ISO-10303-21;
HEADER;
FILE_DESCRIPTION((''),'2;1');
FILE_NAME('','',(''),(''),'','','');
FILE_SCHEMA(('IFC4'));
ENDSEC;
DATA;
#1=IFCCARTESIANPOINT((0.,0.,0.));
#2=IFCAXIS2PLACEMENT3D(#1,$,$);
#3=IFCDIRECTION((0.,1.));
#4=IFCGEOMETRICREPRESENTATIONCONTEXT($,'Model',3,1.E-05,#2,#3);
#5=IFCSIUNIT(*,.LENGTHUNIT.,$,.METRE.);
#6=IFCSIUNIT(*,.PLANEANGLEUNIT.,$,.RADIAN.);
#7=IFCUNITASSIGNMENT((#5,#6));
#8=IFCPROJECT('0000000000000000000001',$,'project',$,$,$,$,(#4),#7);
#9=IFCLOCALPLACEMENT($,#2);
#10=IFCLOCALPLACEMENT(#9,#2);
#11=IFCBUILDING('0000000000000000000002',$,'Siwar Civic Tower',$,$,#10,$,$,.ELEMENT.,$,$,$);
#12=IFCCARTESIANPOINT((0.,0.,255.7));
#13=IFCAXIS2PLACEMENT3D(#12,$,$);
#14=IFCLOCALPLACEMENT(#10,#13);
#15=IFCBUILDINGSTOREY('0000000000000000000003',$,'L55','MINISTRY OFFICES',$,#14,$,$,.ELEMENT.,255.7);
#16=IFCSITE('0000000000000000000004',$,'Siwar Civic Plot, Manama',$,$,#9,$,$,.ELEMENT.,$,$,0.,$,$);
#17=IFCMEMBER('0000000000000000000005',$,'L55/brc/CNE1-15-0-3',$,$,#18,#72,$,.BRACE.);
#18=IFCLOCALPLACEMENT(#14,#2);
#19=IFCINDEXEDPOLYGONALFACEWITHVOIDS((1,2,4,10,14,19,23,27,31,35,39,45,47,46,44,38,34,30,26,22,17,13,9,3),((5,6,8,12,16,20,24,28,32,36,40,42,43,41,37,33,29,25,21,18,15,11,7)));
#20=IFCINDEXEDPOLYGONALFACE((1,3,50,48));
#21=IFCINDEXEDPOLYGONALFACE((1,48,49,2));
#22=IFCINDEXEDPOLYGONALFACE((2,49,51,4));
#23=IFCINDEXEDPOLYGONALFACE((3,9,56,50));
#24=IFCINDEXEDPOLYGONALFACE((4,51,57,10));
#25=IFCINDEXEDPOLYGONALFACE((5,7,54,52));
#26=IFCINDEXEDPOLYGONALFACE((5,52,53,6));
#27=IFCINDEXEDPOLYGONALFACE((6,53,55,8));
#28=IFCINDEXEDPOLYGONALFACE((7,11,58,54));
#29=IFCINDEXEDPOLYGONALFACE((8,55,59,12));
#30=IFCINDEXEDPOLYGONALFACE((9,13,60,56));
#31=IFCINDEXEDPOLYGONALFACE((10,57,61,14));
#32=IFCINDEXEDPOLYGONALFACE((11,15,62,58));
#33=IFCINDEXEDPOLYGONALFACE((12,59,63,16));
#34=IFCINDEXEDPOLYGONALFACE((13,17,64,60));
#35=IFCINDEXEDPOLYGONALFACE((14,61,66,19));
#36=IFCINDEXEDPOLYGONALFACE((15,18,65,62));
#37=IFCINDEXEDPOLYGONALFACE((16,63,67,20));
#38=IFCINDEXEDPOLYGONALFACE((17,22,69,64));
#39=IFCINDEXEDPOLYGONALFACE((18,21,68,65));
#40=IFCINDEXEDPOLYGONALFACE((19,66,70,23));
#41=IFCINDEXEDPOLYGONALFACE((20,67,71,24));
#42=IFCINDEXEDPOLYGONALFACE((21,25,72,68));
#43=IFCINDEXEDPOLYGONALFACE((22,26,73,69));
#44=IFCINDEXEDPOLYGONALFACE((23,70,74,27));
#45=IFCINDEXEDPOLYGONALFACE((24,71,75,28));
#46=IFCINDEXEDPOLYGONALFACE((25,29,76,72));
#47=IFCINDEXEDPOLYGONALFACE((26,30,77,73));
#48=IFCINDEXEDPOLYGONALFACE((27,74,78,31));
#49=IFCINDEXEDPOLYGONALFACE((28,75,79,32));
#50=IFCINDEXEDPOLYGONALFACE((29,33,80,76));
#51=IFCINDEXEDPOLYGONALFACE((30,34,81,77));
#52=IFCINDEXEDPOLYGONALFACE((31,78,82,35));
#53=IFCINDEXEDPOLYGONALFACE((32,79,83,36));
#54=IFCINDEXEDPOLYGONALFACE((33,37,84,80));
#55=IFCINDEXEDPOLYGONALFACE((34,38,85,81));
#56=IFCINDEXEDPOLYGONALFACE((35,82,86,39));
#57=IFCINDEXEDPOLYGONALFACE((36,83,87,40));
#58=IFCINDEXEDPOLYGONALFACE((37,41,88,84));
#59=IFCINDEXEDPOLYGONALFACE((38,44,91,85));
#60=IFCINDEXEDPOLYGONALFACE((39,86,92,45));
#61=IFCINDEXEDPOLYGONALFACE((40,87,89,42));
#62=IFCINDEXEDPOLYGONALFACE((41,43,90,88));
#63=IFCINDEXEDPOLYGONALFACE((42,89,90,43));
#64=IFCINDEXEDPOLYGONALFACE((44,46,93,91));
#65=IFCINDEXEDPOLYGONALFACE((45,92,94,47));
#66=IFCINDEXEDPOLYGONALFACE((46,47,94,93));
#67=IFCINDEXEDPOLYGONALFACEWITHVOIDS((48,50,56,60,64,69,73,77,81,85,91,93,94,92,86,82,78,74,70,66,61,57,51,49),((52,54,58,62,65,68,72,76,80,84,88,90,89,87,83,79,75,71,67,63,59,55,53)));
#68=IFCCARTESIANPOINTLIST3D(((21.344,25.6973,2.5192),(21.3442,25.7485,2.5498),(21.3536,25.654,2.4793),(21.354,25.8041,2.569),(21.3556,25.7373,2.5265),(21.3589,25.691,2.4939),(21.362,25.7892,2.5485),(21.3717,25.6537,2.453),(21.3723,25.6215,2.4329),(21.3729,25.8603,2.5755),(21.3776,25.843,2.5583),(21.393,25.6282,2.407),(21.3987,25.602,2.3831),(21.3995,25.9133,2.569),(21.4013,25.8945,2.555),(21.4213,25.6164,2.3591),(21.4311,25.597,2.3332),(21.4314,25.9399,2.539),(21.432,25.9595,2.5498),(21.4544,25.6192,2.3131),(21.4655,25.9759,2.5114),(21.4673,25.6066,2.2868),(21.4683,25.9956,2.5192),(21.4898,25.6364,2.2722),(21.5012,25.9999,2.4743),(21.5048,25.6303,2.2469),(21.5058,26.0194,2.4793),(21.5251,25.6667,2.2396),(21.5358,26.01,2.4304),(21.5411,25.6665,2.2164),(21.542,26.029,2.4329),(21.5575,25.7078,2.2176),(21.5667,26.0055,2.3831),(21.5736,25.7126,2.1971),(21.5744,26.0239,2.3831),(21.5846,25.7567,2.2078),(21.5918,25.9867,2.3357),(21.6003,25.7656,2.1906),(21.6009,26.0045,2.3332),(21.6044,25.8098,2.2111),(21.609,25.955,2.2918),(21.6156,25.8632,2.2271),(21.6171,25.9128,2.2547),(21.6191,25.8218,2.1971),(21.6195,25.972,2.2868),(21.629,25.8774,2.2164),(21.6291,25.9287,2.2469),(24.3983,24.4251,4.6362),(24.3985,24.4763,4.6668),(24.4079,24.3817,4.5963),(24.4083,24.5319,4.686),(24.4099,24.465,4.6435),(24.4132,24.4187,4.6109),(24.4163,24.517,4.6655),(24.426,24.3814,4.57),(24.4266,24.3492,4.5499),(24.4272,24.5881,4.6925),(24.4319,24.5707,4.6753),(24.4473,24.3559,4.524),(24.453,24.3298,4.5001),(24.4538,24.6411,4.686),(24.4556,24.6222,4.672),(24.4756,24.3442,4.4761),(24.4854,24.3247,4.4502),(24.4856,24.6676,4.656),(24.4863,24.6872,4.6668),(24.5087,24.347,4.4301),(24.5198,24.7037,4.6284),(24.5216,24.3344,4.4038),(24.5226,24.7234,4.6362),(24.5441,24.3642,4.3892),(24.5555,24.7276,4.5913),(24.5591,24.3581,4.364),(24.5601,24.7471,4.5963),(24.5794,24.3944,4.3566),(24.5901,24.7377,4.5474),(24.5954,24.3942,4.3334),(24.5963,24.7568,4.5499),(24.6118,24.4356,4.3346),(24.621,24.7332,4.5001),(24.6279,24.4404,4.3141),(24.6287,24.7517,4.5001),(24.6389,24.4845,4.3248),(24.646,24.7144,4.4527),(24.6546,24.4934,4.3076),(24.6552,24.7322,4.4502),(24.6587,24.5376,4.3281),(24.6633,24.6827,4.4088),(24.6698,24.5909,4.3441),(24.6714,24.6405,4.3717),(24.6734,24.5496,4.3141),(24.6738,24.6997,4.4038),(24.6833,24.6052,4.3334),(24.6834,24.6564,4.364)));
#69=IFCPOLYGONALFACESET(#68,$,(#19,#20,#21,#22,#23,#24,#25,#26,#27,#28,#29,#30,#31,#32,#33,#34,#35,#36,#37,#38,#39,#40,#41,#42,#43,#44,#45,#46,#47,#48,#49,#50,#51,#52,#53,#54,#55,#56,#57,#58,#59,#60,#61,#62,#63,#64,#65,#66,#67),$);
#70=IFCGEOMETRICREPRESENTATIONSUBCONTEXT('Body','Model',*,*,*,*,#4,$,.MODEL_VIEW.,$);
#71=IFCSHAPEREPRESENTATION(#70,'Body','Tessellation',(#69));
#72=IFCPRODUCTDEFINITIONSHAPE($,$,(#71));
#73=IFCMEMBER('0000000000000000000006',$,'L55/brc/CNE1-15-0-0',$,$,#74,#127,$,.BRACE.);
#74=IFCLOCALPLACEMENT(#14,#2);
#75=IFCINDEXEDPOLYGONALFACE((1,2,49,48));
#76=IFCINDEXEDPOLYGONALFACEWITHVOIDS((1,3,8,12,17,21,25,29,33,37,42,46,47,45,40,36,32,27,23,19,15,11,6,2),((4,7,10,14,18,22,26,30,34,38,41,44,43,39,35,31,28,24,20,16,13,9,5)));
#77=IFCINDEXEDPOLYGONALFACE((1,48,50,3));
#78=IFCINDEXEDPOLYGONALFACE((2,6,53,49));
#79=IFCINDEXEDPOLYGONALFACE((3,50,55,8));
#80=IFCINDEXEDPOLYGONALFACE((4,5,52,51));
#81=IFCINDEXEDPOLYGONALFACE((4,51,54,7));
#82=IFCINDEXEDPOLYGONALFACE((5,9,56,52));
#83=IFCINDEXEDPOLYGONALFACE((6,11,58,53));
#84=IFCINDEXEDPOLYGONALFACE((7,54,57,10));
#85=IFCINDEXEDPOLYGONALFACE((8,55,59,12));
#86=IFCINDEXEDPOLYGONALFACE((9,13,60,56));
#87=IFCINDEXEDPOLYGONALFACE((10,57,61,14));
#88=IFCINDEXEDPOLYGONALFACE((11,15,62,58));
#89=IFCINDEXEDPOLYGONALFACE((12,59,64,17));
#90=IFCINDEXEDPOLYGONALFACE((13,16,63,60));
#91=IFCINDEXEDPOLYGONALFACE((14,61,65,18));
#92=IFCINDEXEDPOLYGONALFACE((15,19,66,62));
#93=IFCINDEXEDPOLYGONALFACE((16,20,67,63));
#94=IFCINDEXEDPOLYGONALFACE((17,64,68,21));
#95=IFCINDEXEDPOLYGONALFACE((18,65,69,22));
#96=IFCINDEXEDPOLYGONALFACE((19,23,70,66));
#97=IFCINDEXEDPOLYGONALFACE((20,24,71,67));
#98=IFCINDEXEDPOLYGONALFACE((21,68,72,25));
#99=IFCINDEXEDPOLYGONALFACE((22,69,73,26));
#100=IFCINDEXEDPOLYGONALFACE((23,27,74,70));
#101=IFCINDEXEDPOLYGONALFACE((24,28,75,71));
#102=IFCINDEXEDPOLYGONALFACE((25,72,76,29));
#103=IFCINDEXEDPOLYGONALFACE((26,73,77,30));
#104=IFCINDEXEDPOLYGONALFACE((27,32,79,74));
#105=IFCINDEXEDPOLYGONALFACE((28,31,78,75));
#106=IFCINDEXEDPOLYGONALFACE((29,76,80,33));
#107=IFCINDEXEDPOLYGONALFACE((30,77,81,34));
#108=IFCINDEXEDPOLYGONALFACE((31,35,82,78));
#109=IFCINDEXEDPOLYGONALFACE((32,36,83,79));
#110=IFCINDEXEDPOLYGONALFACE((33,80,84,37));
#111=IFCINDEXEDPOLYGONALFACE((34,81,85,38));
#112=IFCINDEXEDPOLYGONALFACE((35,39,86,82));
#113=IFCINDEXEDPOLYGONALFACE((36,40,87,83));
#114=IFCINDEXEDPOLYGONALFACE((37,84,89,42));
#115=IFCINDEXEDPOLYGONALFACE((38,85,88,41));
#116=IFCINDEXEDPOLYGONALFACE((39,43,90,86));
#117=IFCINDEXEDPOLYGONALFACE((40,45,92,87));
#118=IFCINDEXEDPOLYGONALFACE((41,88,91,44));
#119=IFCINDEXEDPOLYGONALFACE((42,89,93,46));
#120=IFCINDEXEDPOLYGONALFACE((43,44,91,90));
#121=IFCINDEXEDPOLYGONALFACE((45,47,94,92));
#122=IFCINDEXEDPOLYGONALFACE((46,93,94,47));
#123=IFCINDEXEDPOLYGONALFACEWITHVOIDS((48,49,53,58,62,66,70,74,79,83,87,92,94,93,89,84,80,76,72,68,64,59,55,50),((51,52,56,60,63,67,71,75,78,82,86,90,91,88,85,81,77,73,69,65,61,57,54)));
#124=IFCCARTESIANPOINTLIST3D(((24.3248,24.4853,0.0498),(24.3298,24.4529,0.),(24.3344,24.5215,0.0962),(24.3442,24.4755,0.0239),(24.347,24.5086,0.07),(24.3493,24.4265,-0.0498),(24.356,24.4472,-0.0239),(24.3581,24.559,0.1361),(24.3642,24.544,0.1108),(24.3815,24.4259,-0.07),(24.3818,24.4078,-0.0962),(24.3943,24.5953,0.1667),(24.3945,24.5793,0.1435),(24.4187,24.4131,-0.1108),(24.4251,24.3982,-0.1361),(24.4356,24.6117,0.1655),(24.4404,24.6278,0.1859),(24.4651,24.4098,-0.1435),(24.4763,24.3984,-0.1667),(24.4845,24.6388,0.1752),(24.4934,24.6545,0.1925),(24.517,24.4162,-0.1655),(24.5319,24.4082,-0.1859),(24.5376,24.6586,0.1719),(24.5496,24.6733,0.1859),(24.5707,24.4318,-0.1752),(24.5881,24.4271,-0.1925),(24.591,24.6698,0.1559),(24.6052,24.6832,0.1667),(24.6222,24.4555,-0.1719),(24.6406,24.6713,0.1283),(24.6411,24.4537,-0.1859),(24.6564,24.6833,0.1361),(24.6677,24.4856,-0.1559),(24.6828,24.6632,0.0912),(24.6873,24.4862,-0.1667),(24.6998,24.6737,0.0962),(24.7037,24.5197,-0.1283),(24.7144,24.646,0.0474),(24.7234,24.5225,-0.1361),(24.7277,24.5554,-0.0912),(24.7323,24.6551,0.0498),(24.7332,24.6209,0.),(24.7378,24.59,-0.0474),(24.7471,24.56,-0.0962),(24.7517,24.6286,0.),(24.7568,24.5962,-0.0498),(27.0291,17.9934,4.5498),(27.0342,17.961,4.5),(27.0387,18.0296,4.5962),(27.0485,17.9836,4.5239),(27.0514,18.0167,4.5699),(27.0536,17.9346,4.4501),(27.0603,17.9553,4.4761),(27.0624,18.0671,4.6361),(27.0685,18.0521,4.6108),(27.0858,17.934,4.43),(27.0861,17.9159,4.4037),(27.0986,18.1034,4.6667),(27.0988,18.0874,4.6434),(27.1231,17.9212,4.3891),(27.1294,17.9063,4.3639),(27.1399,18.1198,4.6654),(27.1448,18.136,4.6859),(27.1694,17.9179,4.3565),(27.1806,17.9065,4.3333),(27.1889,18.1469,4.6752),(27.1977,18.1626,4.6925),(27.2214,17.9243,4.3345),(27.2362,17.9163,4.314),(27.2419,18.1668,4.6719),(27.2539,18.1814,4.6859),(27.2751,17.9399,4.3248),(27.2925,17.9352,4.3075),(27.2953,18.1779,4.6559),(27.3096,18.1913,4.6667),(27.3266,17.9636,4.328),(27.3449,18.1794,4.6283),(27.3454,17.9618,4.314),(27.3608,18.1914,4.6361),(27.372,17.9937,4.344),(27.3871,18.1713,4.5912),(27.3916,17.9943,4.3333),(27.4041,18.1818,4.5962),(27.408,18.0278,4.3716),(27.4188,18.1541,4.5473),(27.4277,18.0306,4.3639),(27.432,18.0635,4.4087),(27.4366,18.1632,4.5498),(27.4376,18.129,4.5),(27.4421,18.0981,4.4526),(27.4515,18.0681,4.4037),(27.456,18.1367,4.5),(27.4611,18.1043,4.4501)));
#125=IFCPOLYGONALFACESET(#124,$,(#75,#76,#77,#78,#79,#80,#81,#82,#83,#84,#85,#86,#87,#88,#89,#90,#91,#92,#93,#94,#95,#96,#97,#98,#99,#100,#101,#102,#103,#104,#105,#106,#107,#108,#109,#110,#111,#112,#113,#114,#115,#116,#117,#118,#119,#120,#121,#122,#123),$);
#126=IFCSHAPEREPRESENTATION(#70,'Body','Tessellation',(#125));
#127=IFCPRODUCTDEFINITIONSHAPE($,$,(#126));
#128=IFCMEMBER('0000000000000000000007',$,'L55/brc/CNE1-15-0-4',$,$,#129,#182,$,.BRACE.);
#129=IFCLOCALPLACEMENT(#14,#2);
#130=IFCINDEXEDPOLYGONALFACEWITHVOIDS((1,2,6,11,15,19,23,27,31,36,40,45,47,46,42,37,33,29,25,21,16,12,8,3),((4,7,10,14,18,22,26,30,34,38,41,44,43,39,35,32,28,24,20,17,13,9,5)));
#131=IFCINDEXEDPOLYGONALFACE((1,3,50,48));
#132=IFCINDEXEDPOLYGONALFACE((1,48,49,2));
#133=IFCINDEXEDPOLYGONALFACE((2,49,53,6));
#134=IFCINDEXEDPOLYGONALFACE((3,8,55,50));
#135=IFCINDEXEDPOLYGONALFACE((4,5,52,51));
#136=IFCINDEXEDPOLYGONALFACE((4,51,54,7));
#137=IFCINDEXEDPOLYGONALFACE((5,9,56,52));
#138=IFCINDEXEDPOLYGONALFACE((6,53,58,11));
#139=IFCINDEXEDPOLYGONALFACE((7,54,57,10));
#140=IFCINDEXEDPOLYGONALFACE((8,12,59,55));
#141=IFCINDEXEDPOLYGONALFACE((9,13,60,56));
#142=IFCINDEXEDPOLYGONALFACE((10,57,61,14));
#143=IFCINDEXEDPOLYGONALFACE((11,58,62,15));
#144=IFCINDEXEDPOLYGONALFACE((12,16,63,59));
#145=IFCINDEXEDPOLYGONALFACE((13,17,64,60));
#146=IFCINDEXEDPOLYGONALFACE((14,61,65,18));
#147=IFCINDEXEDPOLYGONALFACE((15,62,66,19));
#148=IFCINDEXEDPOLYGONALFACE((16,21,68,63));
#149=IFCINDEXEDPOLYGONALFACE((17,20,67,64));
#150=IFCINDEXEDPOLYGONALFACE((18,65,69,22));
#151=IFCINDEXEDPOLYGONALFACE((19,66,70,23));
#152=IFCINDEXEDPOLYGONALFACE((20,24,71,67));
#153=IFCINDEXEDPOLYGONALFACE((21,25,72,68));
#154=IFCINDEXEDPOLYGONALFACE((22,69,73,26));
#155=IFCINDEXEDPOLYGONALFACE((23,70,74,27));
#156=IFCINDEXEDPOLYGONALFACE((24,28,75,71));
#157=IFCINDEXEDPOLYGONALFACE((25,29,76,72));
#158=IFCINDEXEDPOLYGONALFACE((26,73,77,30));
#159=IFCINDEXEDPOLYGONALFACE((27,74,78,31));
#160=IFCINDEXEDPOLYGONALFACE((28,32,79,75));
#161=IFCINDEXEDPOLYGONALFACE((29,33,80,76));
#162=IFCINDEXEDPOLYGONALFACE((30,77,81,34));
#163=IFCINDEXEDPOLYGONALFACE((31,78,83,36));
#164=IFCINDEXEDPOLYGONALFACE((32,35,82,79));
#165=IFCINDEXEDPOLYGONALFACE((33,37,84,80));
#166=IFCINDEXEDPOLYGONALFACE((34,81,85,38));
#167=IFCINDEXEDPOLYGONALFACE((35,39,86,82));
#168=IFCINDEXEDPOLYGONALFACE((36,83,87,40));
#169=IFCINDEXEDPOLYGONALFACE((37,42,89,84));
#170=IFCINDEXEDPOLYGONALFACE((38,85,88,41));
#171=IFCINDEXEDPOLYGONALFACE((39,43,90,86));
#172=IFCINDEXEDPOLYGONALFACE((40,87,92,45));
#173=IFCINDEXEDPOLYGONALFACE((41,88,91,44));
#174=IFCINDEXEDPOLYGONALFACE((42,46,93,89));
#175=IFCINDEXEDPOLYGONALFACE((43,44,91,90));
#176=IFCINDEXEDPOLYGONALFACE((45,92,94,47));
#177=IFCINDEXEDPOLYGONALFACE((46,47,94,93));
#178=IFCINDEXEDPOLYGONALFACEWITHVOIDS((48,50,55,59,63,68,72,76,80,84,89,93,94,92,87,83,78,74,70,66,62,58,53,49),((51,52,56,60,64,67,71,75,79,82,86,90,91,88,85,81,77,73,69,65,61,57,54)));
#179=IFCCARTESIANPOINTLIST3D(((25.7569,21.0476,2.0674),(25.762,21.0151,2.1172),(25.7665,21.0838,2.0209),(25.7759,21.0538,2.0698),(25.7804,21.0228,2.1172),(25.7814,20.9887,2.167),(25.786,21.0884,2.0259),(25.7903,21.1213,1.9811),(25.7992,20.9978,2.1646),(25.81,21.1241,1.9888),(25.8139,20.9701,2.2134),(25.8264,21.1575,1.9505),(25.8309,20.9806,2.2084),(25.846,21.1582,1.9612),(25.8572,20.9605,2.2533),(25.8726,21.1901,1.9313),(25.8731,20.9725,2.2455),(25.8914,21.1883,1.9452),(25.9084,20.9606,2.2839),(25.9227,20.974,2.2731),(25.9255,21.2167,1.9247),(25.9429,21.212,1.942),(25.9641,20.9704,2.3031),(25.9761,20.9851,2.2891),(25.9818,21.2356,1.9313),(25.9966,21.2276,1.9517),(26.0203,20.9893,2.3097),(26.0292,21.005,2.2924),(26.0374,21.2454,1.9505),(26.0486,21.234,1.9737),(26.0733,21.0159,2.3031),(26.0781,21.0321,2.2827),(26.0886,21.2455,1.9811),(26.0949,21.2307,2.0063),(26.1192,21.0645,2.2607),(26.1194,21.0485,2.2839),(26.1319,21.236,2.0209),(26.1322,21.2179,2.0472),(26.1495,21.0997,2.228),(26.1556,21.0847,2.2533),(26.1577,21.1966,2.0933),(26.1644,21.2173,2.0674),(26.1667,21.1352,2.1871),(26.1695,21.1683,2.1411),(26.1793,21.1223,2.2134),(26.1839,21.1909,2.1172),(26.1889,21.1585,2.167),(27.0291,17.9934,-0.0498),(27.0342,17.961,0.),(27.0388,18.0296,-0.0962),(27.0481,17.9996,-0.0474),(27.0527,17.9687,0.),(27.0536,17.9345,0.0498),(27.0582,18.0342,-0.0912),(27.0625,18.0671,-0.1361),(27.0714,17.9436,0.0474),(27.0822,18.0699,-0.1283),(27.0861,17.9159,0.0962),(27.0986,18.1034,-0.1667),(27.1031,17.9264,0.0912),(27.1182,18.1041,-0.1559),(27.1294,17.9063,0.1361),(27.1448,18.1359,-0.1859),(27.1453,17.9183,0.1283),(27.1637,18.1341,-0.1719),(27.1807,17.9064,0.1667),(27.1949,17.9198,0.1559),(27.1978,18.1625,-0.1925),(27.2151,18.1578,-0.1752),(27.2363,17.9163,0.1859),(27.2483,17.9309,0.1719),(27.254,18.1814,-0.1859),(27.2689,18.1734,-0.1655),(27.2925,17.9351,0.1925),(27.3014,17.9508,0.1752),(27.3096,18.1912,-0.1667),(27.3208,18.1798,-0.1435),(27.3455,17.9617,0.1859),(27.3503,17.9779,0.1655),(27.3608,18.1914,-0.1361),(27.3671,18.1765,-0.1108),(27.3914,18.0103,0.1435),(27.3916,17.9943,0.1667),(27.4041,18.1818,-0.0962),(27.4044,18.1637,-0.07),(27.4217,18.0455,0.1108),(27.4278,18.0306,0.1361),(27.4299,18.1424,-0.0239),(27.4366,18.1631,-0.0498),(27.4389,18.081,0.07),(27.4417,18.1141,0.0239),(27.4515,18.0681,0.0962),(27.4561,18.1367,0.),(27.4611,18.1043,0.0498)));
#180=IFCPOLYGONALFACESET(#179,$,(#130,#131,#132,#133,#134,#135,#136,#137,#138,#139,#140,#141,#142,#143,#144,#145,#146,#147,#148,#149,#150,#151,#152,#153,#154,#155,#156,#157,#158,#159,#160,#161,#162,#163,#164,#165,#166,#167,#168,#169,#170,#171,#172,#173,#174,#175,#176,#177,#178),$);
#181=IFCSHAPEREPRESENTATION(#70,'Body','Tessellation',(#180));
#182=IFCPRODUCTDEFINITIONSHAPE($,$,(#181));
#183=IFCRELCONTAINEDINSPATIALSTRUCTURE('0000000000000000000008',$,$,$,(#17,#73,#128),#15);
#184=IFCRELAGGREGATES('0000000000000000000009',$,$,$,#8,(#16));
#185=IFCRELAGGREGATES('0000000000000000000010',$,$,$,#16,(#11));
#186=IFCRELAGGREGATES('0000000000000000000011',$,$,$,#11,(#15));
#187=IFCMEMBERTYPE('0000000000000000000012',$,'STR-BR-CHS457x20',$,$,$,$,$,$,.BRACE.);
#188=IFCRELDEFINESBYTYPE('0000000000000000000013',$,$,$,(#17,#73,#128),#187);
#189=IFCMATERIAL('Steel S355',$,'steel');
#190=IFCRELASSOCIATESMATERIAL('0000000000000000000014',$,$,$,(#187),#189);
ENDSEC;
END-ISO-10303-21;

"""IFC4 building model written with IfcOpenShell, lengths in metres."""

from ifc_helpers import new_model, si_unit, direction, frame, origin, origin_2d, place, context, subcontext, project, spatial, hollow_circle, extrude, material, material_profile, profile_set, type_object, element, save


model = new_model("IFC4")

# Units and contexts
model_context = context("Model", 3, precision=1e-05, world=origin(), true_north=direction((0.0, 1.0)))
body_context = subcontext(model_context, "Body", "Model", "MODEL_VIEW")
ifc_project = project(units=[si_unit("LENGTHUNIT", "METRE"), si_unit("PLANEANGLEUNIT", "RADIAN")], contexts=[model_context])

# Site, building, storey
site_placement = place(None, origin())
site = spatial("IfcSite", under=ifc_project, at=site_placement, Name="Siwar Civic Plot, Manama", CompositionType="ELEMENT", RefElevation=0.0)
building_placement = place(site_placement, origin())
building = spatial("IfcBuilding", under=site, at=building_placement, Name="Siwar Civic Tower", CompositionType="ELEMENT")
storey_placement = place(building_placement, frame((0.0, 0.0, 255.7)))
storey = spatial("IfcBuildingStorey", under=building, at=storey_placement, Name="L55", Description="MINISTRY OFFICES", CompositionType="ELEMENT", Elevation=255.7)

# Members
ifc_material_1 = material(Name="Steel S355", Category="steel")
ifc_material_profile_1 = material_profile(ifc_material_1, hollow_circle(Radius=0.2285, WallThickness=0.02, at=origin_2d()), Name="CHS457x20")
ifc_profile_set_1 = profile_set([ifc_material_profile_1], Name="Steel S355")
member_type_1 = type_object("IfcMemberType", Name="STR-BR-CHS457x20", PredefinedType="BRACE", material=ifc_profile_set_1)
member_1_placement = place(storey_placement, frame((21.4866, 25.813, 2.3831), z_axis=(0.777572, -0.323895, 0.538955), x_axis=(0.384521, 0.923116, 0.0)))
element("IfcMember", 1, at=member_1_placement, inside=storey, type_object=member_type_1, Name="L55/brc/CNE1-15-0-3", PredefinedType="BRACE", context=body_context, shape_type="SweptSolid", body=[
    extrude(hollow_circle(Radius=0.2285, WallThickness=0.02, at=origin_2d()), origin(), (0.0, 0.0, 1.0), 3.928),
])
member_2_placement = place(storey_placement, frame((24.5408, 24.5408, 0.0), z_axis=(0.323906, -0.777555, 0.538975), x_axis=(0.923109, 0.384539, 0.0)))
element("IfcMember", 2, at=member_2_placement, inside=storey, type_object=member_type_1, Name="L55/brc/CNE1-15-0-0", PredefinedType="BRACE", context=body_context, shape_type="SweptSolid", body=[
    extrude(hollow_circle(Radius=0.2285, WallThickness=0.02, at=origin_2d()), origin(), (0.0, 0.0, 1.0), 8.3491),
])
for number, where, z_axis, x_axis, name in (
    (3, (27.2451, 18.0488, 0.0), (-0.323884, 0.777546, 0.538999), (-0.923116, -0.384521, 0.0), "L55/brc/CNE1-15-0-4"),
):
    element("IfcMember", number, at=place(storey_placement, frame(where, z_axis=z_axis, x_axis=x_axis)), inside=storey, type_object=member_type_1, Name=name, PredefinedType="BRACE", context=body_context, shape_type="SweptSolid", body=[
        extrude(hollow_circle(Radius=0.2285, WallThickness=0.02, at=origin_2d()), origin(), (0.0, 0.0, 1.0), 3.928),
    ])

save(model, "model.ifc")
